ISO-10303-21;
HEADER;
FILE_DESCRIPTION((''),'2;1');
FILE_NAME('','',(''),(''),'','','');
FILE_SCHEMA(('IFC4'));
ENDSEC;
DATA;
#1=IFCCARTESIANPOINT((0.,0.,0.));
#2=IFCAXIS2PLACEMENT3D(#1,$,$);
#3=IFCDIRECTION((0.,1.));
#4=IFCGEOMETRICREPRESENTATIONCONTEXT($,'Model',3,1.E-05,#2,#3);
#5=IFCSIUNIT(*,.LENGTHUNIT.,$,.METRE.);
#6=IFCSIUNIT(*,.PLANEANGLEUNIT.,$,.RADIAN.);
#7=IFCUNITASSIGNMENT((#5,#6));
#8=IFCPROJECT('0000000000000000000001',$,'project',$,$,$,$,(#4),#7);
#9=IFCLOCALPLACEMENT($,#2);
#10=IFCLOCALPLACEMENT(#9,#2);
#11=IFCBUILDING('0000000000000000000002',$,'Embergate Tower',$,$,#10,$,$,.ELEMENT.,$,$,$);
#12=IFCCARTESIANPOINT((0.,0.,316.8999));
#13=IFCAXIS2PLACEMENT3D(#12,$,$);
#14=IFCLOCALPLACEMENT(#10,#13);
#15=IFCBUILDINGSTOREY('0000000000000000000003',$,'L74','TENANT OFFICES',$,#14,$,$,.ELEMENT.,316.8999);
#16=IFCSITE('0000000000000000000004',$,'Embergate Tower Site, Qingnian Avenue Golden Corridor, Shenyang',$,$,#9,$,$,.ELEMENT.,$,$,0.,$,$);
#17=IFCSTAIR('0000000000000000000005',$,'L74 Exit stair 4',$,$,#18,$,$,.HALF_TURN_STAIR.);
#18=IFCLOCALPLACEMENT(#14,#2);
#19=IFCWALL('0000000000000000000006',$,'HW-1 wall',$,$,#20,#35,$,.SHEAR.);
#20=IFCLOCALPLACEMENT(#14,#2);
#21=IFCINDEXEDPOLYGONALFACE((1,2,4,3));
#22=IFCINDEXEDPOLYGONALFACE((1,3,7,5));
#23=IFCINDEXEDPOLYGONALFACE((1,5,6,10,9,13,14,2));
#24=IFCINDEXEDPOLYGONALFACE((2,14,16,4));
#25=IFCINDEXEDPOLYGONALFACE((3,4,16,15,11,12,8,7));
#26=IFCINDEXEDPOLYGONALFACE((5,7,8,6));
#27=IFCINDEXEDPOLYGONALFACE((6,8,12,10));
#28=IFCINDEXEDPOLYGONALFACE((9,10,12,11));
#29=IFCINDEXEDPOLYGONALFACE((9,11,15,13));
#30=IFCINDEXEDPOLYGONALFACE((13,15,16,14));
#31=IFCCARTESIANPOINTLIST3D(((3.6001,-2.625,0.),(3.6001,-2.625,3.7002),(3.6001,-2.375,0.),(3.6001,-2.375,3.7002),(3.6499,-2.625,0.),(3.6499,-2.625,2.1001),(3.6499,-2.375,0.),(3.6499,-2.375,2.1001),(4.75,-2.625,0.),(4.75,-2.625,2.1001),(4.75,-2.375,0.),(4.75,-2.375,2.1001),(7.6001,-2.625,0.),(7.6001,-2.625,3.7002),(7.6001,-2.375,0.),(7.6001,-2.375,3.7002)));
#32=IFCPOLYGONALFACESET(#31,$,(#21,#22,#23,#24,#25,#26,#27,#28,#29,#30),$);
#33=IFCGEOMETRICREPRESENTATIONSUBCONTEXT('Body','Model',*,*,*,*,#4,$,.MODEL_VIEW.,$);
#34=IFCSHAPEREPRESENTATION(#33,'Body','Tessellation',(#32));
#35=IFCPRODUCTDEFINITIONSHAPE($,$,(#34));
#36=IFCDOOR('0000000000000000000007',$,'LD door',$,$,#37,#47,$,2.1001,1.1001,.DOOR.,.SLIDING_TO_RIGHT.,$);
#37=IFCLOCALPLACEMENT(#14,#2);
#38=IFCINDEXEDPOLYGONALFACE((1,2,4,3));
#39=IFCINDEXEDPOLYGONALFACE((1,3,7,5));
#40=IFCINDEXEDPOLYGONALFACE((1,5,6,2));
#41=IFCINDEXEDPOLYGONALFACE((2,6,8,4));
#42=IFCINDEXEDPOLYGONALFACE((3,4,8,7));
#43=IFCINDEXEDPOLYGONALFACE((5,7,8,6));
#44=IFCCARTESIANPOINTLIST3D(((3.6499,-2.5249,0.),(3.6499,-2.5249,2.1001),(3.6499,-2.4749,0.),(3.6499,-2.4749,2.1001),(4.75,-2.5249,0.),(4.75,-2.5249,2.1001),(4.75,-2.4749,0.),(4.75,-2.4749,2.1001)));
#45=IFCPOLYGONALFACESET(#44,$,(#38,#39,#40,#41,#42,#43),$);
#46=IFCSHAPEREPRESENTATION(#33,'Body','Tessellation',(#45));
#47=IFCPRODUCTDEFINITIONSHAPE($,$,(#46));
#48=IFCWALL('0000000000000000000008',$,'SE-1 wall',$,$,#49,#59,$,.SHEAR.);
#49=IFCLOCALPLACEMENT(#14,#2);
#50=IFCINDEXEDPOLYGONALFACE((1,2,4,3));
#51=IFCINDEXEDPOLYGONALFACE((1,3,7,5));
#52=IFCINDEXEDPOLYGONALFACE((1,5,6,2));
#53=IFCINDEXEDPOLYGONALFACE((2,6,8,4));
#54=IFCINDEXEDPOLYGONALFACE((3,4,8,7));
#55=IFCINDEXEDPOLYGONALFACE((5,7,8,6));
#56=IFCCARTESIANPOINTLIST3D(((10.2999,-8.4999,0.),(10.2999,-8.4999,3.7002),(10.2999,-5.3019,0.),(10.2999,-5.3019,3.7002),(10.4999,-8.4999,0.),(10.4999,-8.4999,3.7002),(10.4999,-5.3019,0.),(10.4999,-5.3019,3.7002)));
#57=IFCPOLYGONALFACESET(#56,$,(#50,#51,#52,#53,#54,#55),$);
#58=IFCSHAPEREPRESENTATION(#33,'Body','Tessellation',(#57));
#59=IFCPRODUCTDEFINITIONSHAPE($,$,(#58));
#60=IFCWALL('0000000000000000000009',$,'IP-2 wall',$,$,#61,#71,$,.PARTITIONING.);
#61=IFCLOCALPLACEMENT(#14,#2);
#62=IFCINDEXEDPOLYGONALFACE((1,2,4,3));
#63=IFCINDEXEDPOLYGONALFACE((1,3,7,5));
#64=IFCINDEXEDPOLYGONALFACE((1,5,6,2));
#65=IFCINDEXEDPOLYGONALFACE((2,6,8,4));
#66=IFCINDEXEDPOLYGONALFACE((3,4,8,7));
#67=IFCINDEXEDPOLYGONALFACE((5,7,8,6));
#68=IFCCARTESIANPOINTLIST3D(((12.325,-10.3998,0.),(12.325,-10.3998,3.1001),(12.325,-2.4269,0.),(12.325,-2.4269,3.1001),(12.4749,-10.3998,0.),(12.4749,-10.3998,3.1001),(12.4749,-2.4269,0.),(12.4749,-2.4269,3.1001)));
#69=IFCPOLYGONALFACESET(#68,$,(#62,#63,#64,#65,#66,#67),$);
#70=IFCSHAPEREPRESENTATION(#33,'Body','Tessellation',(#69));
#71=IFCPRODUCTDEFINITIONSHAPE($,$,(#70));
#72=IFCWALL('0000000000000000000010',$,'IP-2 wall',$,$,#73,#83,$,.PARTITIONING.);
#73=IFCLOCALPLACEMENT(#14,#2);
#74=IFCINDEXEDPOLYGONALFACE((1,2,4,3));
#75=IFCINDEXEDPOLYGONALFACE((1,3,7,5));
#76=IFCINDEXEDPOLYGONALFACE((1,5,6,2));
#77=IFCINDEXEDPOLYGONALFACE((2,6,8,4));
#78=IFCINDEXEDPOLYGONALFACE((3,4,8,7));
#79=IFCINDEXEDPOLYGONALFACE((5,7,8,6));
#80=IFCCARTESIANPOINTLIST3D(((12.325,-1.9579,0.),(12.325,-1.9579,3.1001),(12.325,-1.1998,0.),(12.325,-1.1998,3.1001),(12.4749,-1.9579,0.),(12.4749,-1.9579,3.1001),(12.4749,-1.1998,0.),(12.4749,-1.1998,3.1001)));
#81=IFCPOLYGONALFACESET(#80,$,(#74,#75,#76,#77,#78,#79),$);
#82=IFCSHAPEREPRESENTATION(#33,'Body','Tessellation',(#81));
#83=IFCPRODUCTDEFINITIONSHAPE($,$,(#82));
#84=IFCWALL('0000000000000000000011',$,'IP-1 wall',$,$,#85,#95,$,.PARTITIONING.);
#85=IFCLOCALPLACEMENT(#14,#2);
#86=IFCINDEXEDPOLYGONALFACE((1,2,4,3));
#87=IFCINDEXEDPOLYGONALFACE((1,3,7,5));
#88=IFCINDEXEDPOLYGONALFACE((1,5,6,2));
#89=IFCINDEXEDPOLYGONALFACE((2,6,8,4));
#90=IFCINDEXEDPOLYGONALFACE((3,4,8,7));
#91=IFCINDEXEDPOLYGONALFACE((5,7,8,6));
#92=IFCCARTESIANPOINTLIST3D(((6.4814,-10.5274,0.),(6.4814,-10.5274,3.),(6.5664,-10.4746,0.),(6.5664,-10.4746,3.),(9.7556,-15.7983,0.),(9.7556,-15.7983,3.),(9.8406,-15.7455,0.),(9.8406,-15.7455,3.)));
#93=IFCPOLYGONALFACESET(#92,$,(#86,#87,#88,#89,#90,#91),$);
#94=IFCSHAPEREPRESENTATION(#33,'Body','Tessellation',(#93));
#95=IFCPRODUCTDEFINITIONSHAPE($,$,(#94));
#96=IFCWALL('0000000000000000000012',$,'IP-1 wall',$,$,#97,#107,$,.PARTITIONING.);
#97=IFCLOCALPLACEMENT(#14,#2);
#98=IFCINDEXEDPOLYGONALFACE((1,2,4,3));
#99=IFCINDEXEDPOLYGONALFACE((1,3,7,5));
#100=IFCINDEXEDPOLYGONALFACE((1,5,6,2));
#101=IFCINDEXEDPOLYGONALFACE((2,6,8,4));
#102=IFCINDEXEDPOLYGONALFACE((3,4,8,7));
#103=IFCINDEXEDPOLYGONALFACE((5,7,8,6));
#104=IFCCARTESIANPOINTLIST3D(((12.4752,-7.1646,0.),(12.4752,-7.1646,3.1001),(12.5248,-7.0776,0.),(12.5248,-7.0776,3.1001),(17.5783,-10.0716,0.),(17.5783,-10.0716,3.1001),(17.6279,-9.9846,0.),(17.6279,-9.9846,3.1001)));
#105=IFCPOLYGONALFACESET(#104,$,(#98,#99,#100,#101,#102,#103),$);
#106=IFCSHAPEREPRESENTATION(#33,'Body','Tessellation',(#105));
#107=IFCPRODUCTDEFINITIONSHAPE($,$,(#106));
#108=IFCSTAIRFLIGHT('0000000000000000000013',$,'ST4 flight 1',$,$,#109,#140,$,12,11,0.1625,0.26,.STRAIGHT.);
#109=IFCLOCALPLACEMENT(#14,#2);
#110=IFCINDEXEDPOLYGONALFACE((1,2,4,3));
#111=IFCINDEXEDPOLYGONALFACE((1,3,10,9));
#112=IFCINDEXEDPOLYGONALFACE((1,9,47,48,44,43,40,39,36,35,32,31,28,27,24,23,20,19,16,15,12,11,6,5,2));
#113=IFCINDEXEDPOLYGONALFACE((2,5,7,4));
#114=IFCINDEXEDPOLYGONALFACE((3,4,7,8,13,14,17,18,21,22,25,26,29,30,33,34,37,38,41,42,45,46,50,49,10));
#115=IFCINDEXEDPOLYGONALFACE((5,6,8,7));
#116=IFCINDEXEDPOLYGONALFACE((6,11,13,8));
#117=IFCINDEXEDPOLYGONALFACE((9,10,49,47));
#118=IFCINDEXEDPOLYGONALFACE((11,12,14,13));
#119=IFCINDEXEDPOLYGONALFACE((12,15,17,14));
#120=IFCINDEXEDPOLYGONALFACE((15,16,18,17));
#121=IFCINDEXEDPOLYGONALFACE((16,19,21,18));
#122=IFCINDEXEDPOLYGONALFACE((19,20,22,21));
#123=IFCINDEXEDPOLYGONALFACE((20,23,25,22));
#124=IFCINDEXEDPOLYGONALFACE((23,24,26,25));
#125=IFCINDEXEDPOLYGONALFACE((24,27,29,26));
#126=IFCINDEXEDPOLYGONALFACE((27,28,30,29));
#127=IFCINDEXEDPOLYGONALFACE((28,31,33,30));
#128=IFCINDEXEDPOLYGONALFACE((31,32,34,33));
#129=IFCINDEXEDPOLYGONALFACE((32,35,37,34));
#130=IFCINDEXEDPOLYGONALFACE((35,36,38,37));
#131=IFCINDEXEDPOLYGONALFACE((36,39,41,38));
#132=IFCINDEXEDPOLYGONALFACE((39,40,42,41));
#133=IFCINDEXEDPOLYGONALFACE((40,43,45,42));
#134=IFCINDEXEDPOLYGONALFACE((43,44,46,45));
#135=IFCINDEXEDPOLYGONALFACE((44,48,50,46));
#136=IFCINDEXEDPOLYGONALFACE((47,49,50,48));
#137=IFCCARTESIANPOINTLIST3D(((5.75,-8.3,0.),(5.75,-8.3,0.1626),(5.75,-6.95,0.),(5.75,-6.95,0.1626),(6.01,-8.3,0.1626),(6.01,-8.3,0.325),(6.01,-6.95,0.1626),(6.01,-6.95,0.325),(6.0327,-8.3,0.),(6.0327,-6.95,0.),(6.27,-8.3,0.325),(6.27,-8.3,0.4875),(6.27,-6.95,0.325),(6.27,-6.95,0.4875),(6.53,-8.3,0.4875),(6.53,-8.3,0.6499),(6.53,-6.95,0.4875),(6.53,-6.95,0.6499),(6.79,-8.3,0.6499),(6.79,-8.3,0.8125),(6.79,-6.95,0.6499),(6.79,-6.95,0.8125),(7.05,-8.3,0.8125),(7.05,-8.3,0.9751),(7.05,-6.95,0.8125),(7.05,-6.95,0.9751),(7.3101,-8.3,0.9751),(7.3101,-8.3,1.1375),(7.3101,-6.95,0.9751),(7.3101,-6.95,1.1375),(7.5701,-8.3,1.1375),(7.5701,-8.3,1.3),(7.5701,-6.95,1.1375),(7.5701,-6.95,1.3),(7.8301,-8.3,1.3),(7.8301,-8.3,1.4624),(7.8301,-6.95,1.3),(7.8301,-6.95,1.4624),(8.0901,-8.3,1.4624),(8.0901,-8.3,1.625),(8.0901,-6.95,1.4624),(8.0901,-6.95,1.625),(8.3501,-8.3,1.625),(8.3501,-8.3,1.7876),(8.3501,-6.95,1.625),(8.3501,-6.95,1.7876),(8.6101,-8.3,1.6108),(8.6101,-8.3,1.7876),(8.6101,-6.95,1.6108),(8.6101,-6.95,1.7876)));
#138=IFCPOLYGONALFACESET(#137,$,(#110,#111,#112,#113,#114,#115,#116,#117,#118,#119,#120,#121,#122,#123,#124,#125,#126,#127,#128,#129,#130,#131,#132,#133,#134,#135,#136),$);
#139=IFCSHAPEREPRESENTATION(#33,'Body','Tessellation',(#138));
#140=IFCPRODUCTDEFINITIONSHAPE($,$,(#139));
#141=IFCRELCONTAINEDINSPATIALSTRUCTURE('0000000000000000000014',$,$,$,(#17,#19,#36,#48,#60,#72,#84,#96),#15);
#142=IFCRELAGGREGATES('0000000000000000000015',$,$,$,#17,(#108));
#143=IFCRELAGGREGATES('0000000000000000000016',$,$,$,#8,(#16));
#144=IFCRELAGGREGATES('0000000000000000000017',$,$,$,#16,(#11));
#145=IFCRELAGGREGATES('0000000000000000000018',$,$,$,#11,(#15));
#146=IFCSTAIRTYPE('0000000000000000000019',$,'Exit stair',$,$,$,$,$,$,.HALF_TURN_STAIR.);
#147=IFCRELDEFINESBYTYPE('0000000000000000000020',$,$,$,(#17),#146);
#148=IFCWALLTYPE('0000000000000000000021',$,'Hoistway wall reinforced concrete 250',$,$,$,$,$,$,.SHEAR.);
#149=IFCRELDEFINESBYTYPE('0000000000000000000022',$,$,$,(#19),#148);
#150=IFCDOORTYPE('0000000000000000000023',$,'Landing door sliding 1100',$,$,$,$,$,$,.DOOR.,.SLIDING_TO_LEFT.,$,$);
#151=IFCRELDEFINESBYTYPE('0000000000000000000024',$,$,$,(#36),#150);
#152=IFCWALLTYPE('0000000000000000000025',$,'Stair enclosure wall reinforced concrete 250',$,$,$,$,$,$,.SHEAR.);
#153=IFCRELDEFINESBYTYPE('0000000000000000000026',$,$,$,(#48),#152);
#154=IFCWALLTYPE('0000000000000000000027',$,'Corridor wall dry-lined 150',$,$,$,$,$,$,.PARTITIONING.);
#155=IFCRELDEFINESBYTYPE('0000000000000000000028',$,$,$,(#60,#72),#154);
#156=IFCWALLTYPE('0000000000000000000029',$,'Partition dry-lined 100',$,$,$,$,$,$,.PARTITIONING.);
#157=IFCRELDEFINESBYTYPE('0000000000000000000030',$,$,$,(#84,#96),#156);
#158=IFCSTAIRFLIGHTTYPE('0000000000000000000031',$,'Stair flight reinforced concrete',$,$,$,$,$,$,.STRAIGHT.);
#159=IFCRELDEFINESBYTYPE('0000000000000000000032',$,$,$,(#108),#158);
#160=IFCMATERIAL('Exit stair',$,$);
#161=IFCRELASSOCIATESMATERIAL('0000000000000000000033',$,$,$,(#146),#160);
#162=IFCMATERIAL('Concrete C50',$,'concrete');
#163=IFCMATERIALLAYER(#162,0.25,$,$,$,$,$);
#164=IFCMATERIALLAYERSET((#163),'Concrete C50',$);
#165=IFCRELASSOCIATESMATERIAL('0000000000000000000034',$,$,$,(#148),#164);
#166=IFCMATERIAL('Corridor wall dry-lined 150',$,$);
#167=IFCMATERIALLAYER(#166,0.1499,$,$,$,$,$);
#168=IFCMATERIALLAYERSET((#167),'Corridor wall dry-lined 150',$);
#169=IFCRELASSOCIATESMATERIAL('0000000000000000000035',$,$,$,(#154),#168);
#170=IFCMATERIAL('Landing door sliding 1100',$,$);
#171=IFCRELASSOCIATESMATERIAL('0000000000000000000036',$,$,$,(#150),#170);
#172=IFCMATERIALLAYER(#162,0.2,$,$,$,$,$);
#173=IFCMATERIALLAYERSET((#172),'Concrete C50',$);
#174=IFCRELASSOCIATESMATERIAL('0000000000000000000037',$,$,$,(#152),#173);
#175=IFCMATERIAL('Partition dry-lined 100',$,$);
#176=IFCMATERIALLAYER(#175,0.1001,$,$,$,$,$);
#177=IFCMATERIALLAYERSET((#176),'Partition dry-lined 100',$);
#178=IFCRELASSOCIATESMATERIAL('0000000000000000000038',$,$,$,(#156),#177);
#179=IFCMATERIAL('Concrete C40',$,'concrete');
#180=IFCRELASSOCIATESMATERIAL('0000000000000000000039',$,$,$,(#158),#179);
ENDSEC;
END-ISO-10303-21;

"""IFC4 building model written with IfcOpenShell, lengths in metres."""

from ifc_helpers import new_model, si_unit, direction, frame, frame_2d, origin, place, context, subcontext, project, spatial, polyline, rectangle, outline, extrude, source, transform, mapped, material, layer, layer_set, type_object, element, fill, aggregate, save


model = new_model("IFC4")

# Units and contexts
model_context = context("Model", 3, precision=1e-05, world=origin(), true_north=direction((0.0, 1.0)))
body_context = subcontext(model_context, "Body", "Model", "MODEL_VIEW")
ifc_project = project(units=[si_unit("LENGTHUNIT", "METRE"), si_unit("PLANEANGLEUNIT", "RADIAN")], contexts=[model_context])

# Site, building, storey
site_placement = place(None, origin())
site = spatial("IfcSite", under=ifc_project, at=site_placement, Name="Embergate Tower Site, Qingnian Avenue Golden Corridor, Shenyang", CompositionType="ELEMENT", RefElevation=0.0)
building_placement = place(site_placement, origin())
building = spatial("IfcBuilding", under=site, at=building_placement, Name="Embergate Tower", CompositionType="ELEMENT")
storey_placement = place(building_placement, frame((0.0, 0.0, 316.8999)))
storey = spatial("IfcBuildingStorey", under=building, at=storey_placement, Name="L74", Description="TENANT OFFICES", CompositionType="ELEMENT", Elevation=316.8999)

# Stair
ifc_material_1 = material(Name="Exit stair")
stair_type = type_object("IfcStairType", Name="Exit stair", PredefinedType="HALF_TURN_STAIR", material=ifc_material_1)
stair_placement = place(storey_placement, origin())
stair = element("IfcStair", 1, at=stair_placement, inside=storey, type_object=stair_type, Name="L74 Exit stair 4", PredefinedType="HALF_TURN_STAIR")
ifc_material_2 = material(Name="Concrete C40", Category="concrete")

# Shared definitions
ifc_material_3 = material(Name="Concrete C50", Category="concrete")

# Shared definitions
ifc_layer_1 = layer(ifc_material_3, 0.25)
ifc_layer_set_1 = layer_set([ifc_layer_1], Name="Concrete C50")
wall_type_1 = type_object("IfcWallType", Name="Hoistway wall reinforced concrete 250", PredefinedType="SHEAR", material=ifc_layer_set_1)
ifc_material_4 = material(Name="Corridor wall dry-lined 150")
ifc_layer_2 = layer(ifc_material_4, 0.1499)
ifc_layer_set_2 = layer_set([ifc_layer_2], Name="Corridor wall dry-lined 150")
wall_type_2 = type_object("IfcWallType", Name="Corridor wall dry-lined 150", PredefinedType="PARTITIONING", material=ifc_layer_set_2)

# Wall, opening, door
shared_shape_1 = source(origin(), body_context, "Body", "SweptSolid", [
    extrude(rectangle(XDim=4.0, YDim=0.25, at=frame_2d((2.0, 0.0))), origin(), (0.0, 0.0, 1.0), 3.7002),
])
wall_1_placement = place(storey_placement, frame((7.6001, -2.5, 0.0), z_axis=(0.0, 0.0, 1.0), x_axis=(-1.0, 0.0, 0.0)))
wall_1 = element("IfcWall", 2, at=wall_1_placement, inside=storey, type_object=wall_type_1, Name="HW-1 wall", PredefinedType="SHEAR", context=body_context, shape_type="MappedRepresentation", body=[
    mapped(shared_shape_1, transform((0.0, 0.0, 0.0))),
])
shared_shape_2 = source(origin(), body_context, "Body", "SweptSolid", [
    extrude(rectangle(XDim=1.1001, YDim=2.1001, at=frame_2d((0.55, 1.05))), frame((0.0, 0.135, 0.0), z_axis=(0.0, -1.0, 0.0), x_axis=(1.0, 0.0, 0.0)), (0.0, 0.0, 1.0), 0.27),
])
opening_1_placement = place(wall_1_placement, frame((2.8501, 0.0, 0.0)))
opening_1 = element("IfcOpeningElement", 3, at=opening_1_placement, cuts=wall_1, PredefinedType="OPENING", context=body_context, shape_type="MappedRepresentation", body=[
    mapped(shared_shape_2, transform((0.0, 0.0, 0.0))),
])
ifc_material_5 = material(Name="Landing door sliding 1100")
door_type_1 = type_object("IfcDoorType", Name="Landing door sliding 1100", OperationType="SLIDING_TO_LEFT", PredefinedType="DOOR", material=ifc_material_5)
shared_shape_3 = source(origin(), body_context, "Body", "SweptSolid", [
    extrude(rectangle(XDim=1.1001, YDim=2.1001, at=frame_2d((0.55, 1.05))), frame((0.0, 0.0249, 0.0), z_axis=(0.0, -1.0, 0.0), x_axis=(1.0, 0.0, 0.0)), (0.0, 0.0, 1.0), 0.05),
])
door_1_placement = place(opening_1_placement, origin())
door_1 = element("IfcDoor", 4, at=door_1_placement, inside=storey, type_object=door_type_1, Name="LD door", OperationType="SLIDING_TO_RIGHT", OverallHeight=2.1001, OverallWidth=1.1001, PredefinedType="DOOR", context=body_context, shape_type="MappedRepresentation", body=[
    mapped(shared_shape_3, transform((0.0, 0.0, 0.0))),
])
fill(opening_1, door_1)

# Walls
ifc_layer_3 = layer(ifc_material_3, 0.2)
ifc_layer_set_3 = layer_set([ifc_layer_3], Name="Concrete C50")
wall_type_3 = type_object("IfcWallType", Name="Stair enclosure wall reinforced concrete 250", PredefinedType="SHEAR", material=ifc_layer_set_3)
shared_shape_4 = source(origin(), body_context, "Body", "SweptSolid", [
    extrude(rectangle(XDim=3.198, YDim=0.2, at=frame_2d((1.5991, 0.0))), origin(), (0.0, 0.0, 1.0), 3.7002),
])
wall_2_placement = place(storey_placement, frame((10.3999, -8.5, 0.0), z_axis=(0.0, 0.0, 1.0), x_axis=(0.0, 1.0, 0.0)))
element("IfcWall", 5, at=wall_2_placement, inside=storey, type_object=wall_type_3, Name="SE-1 wall", PredefinedType="SHEAR", context=body_context, shape_type="MappedRepresentation", body=[
    mapped(shared_shape_4, transform((0.0, 0.0, 0.0))),
])
shared_shape_5 = source(origin(), body_context, "Body", "SweptSolid", [
    extrude(rectangle(XDim=7.9729, YDim=0.1499, at=frame_2d((3.9863, 0.0))), origin(), (0.0, 0.0, 1.0), 3.1001),
])
wall_3_placement = place(storey_placement, frame((12.3999, -2.427, 0.0), z_axis=(0.0, 0.0, 1.0), x_axis=(0.0, -1.0, 0.0)))
element("IfcWall", 6, at=wall_3_placement, inside=storey, type_object=wall_type_2, Name="IP-2 wall", PredefinedType="PARTITIONING", context=body_context, shape_type="MappedRepresentation", body=[
    mapped(shared_shape_5, transform((0.0, 0.0, 0.0))),
])
shared_shape_6 = source(origin(), body_context, "Body", "SweptSolid", [
    extrude(rectangle(XDim=0.7581, YDim=0.1499, at=frame_2d((0.3789, 0.0))), origin(), (0.0, 0.0, 1.0), 3.1001),
])
wall_4_placement = place(storey_placement, frame((12.3999, -1.2, 0.0), z_axis=(0.0, 0.0, 1.0), x_axis=(0.0, -1.0, 0.0)))
element("IfcWall", 7, at=wall_4_placement, inside=storey, type_object=wall_type_2, Name="IP-2 wall", PredefinedType="PARTITIONING", context=body_context, shape_type="MappedRepresentation", body=[
    mapped(shared_shape_6, transform((0.0, 0.0, 0.0))),
])
ifc_material_6 = material(Name="Partition dry-lined 100")
ifc_layer_4 = layer(ifc_material_6, 0.1001)
ifc_layer_set_4 = layer_set([ifc_layer_4], Name="Partition dry-lined 100")
wall_type_4 = type_object("IfcWallType", Name="Partition dry-lined 100", PredefinedType="PARTITIONING", material=ifc_layer_set_4)
shared_shape_7 = source(origin(), body_context, "Body", "SweptSolid", [
    extrude(rectangle(XDim=6.2051, YDim=0.1001, at=frame_2d((3.1025, 0.0))), origin(), (0.0, 0.0, 1.0), 3.0),
])
wall_5_placement = place(storey_placement, frame((6.5239, -10.501, 0.0), z_axis=(0.0, 0.0, 1.0), x_axis=(0.527656, -0.849458, 0.0)))
element("IfcWall", 8, at=wall_5_placement, inside=storey, type_object=wall_type_4, Name="IP-1 wall", PredefinedType="PARTITIONING", context=body_context, shape_type="MappedRepresentation", body=[
    mapped(shared_shape_7, transform((0.0, 0.0, 0.0))),
])
shared_shape_8 = source(origin(), body_context, "Body", "SweptSolid", [
    extrude(rectangle(XDim=5.873, YDim=0.1001, at=frame_2d((2.9365, 0.0))), origin(), (0.0, 0.0, 1.0), 3.1001),
])
wall_6_placement = place(storey_placement, frame((12.5, -7.1211, 0.0), z_axis=(0.0, 0.0, 1.0), x_axis=(0.868905, -0.494979, 0.0)))
element("IfcWall", 9, at=wall_6_placement, inside=storey, type_object=wall_type_4, Name="IP-1 wall", PredefinedType="PARTITIONING", context=body_context, shape_type="MappedRepresentation", body=[
    mapped(shared_shape_8, transform((0.0, 0.0, 0.0))),
])

# Stair flight
stair_flight_type = type_object("IfcStairFlightType", Name="Stair flight reinforced concrete", PredefinedType="STRAIGHT", material=ifc_material_2)
shared_shape_9 = source(origin(), body_context, "Body", "SweptSolid", [
    extrude(outline(polyline([(0.0, 0.0), (0.0, 0.1626), (0.26, 0.1626), (0.26, 0.325), (0.52, 0.325), (0.52, 0.4875), (0.78, 0.4875), (0.78, 0.6499), (1.04, 0.6499), (1.04, 0.8125), (1.3, 0.8125), (1.3, 0.9751), (1.5601, 0.9751), (1.5601, 1.1375), (1.8201, 1.1375), (1.8201, 1.3), (2.0801, 1.3), (2.0801, 1.4624), (2.3401, 1.4624), (2.3401, 1.625), (2.6001, 1.625), (2.6001, 1.7876), (2.8601, 1.7876), (2.8601, 1.95), (2.8601, 1.6108), (0.2827, 0.0), (0.0, 0.0)])), frame((0.0, 0.675, 0.0), z_axis=(0.0, -1.0, 0.0), x_axis=(1.0, 0.0, 0.0)), (0.0, 0.0, 1.0), 1.3501),
])
stair_flight_1_placement = place(storey_placement, frame((5.75, -7.625, 0.0), z_axis=(0.0, 0.0, 1.0), x_axis=(1.0, 0.0, 0.0)))
stair_flight_1 = element("IfcStairFlight", 10, at=stair_flight_1_placement, type_object=stair_flight_type, Name="ST4 flight 1", NumberOfRisers=12, NumberOfTreads=11, PredefinedType="STRAIGHT", RiserHeight=0.1625, TreadLength=0.26, context=body_context, shape_type="MappedRepresentation", body=[
    mapped(shared_shape_9, transform((0.0, 0.0, 0.0))),
])
aggregate(stair, [stair_flight_1])

save(model, "model.ifc")
